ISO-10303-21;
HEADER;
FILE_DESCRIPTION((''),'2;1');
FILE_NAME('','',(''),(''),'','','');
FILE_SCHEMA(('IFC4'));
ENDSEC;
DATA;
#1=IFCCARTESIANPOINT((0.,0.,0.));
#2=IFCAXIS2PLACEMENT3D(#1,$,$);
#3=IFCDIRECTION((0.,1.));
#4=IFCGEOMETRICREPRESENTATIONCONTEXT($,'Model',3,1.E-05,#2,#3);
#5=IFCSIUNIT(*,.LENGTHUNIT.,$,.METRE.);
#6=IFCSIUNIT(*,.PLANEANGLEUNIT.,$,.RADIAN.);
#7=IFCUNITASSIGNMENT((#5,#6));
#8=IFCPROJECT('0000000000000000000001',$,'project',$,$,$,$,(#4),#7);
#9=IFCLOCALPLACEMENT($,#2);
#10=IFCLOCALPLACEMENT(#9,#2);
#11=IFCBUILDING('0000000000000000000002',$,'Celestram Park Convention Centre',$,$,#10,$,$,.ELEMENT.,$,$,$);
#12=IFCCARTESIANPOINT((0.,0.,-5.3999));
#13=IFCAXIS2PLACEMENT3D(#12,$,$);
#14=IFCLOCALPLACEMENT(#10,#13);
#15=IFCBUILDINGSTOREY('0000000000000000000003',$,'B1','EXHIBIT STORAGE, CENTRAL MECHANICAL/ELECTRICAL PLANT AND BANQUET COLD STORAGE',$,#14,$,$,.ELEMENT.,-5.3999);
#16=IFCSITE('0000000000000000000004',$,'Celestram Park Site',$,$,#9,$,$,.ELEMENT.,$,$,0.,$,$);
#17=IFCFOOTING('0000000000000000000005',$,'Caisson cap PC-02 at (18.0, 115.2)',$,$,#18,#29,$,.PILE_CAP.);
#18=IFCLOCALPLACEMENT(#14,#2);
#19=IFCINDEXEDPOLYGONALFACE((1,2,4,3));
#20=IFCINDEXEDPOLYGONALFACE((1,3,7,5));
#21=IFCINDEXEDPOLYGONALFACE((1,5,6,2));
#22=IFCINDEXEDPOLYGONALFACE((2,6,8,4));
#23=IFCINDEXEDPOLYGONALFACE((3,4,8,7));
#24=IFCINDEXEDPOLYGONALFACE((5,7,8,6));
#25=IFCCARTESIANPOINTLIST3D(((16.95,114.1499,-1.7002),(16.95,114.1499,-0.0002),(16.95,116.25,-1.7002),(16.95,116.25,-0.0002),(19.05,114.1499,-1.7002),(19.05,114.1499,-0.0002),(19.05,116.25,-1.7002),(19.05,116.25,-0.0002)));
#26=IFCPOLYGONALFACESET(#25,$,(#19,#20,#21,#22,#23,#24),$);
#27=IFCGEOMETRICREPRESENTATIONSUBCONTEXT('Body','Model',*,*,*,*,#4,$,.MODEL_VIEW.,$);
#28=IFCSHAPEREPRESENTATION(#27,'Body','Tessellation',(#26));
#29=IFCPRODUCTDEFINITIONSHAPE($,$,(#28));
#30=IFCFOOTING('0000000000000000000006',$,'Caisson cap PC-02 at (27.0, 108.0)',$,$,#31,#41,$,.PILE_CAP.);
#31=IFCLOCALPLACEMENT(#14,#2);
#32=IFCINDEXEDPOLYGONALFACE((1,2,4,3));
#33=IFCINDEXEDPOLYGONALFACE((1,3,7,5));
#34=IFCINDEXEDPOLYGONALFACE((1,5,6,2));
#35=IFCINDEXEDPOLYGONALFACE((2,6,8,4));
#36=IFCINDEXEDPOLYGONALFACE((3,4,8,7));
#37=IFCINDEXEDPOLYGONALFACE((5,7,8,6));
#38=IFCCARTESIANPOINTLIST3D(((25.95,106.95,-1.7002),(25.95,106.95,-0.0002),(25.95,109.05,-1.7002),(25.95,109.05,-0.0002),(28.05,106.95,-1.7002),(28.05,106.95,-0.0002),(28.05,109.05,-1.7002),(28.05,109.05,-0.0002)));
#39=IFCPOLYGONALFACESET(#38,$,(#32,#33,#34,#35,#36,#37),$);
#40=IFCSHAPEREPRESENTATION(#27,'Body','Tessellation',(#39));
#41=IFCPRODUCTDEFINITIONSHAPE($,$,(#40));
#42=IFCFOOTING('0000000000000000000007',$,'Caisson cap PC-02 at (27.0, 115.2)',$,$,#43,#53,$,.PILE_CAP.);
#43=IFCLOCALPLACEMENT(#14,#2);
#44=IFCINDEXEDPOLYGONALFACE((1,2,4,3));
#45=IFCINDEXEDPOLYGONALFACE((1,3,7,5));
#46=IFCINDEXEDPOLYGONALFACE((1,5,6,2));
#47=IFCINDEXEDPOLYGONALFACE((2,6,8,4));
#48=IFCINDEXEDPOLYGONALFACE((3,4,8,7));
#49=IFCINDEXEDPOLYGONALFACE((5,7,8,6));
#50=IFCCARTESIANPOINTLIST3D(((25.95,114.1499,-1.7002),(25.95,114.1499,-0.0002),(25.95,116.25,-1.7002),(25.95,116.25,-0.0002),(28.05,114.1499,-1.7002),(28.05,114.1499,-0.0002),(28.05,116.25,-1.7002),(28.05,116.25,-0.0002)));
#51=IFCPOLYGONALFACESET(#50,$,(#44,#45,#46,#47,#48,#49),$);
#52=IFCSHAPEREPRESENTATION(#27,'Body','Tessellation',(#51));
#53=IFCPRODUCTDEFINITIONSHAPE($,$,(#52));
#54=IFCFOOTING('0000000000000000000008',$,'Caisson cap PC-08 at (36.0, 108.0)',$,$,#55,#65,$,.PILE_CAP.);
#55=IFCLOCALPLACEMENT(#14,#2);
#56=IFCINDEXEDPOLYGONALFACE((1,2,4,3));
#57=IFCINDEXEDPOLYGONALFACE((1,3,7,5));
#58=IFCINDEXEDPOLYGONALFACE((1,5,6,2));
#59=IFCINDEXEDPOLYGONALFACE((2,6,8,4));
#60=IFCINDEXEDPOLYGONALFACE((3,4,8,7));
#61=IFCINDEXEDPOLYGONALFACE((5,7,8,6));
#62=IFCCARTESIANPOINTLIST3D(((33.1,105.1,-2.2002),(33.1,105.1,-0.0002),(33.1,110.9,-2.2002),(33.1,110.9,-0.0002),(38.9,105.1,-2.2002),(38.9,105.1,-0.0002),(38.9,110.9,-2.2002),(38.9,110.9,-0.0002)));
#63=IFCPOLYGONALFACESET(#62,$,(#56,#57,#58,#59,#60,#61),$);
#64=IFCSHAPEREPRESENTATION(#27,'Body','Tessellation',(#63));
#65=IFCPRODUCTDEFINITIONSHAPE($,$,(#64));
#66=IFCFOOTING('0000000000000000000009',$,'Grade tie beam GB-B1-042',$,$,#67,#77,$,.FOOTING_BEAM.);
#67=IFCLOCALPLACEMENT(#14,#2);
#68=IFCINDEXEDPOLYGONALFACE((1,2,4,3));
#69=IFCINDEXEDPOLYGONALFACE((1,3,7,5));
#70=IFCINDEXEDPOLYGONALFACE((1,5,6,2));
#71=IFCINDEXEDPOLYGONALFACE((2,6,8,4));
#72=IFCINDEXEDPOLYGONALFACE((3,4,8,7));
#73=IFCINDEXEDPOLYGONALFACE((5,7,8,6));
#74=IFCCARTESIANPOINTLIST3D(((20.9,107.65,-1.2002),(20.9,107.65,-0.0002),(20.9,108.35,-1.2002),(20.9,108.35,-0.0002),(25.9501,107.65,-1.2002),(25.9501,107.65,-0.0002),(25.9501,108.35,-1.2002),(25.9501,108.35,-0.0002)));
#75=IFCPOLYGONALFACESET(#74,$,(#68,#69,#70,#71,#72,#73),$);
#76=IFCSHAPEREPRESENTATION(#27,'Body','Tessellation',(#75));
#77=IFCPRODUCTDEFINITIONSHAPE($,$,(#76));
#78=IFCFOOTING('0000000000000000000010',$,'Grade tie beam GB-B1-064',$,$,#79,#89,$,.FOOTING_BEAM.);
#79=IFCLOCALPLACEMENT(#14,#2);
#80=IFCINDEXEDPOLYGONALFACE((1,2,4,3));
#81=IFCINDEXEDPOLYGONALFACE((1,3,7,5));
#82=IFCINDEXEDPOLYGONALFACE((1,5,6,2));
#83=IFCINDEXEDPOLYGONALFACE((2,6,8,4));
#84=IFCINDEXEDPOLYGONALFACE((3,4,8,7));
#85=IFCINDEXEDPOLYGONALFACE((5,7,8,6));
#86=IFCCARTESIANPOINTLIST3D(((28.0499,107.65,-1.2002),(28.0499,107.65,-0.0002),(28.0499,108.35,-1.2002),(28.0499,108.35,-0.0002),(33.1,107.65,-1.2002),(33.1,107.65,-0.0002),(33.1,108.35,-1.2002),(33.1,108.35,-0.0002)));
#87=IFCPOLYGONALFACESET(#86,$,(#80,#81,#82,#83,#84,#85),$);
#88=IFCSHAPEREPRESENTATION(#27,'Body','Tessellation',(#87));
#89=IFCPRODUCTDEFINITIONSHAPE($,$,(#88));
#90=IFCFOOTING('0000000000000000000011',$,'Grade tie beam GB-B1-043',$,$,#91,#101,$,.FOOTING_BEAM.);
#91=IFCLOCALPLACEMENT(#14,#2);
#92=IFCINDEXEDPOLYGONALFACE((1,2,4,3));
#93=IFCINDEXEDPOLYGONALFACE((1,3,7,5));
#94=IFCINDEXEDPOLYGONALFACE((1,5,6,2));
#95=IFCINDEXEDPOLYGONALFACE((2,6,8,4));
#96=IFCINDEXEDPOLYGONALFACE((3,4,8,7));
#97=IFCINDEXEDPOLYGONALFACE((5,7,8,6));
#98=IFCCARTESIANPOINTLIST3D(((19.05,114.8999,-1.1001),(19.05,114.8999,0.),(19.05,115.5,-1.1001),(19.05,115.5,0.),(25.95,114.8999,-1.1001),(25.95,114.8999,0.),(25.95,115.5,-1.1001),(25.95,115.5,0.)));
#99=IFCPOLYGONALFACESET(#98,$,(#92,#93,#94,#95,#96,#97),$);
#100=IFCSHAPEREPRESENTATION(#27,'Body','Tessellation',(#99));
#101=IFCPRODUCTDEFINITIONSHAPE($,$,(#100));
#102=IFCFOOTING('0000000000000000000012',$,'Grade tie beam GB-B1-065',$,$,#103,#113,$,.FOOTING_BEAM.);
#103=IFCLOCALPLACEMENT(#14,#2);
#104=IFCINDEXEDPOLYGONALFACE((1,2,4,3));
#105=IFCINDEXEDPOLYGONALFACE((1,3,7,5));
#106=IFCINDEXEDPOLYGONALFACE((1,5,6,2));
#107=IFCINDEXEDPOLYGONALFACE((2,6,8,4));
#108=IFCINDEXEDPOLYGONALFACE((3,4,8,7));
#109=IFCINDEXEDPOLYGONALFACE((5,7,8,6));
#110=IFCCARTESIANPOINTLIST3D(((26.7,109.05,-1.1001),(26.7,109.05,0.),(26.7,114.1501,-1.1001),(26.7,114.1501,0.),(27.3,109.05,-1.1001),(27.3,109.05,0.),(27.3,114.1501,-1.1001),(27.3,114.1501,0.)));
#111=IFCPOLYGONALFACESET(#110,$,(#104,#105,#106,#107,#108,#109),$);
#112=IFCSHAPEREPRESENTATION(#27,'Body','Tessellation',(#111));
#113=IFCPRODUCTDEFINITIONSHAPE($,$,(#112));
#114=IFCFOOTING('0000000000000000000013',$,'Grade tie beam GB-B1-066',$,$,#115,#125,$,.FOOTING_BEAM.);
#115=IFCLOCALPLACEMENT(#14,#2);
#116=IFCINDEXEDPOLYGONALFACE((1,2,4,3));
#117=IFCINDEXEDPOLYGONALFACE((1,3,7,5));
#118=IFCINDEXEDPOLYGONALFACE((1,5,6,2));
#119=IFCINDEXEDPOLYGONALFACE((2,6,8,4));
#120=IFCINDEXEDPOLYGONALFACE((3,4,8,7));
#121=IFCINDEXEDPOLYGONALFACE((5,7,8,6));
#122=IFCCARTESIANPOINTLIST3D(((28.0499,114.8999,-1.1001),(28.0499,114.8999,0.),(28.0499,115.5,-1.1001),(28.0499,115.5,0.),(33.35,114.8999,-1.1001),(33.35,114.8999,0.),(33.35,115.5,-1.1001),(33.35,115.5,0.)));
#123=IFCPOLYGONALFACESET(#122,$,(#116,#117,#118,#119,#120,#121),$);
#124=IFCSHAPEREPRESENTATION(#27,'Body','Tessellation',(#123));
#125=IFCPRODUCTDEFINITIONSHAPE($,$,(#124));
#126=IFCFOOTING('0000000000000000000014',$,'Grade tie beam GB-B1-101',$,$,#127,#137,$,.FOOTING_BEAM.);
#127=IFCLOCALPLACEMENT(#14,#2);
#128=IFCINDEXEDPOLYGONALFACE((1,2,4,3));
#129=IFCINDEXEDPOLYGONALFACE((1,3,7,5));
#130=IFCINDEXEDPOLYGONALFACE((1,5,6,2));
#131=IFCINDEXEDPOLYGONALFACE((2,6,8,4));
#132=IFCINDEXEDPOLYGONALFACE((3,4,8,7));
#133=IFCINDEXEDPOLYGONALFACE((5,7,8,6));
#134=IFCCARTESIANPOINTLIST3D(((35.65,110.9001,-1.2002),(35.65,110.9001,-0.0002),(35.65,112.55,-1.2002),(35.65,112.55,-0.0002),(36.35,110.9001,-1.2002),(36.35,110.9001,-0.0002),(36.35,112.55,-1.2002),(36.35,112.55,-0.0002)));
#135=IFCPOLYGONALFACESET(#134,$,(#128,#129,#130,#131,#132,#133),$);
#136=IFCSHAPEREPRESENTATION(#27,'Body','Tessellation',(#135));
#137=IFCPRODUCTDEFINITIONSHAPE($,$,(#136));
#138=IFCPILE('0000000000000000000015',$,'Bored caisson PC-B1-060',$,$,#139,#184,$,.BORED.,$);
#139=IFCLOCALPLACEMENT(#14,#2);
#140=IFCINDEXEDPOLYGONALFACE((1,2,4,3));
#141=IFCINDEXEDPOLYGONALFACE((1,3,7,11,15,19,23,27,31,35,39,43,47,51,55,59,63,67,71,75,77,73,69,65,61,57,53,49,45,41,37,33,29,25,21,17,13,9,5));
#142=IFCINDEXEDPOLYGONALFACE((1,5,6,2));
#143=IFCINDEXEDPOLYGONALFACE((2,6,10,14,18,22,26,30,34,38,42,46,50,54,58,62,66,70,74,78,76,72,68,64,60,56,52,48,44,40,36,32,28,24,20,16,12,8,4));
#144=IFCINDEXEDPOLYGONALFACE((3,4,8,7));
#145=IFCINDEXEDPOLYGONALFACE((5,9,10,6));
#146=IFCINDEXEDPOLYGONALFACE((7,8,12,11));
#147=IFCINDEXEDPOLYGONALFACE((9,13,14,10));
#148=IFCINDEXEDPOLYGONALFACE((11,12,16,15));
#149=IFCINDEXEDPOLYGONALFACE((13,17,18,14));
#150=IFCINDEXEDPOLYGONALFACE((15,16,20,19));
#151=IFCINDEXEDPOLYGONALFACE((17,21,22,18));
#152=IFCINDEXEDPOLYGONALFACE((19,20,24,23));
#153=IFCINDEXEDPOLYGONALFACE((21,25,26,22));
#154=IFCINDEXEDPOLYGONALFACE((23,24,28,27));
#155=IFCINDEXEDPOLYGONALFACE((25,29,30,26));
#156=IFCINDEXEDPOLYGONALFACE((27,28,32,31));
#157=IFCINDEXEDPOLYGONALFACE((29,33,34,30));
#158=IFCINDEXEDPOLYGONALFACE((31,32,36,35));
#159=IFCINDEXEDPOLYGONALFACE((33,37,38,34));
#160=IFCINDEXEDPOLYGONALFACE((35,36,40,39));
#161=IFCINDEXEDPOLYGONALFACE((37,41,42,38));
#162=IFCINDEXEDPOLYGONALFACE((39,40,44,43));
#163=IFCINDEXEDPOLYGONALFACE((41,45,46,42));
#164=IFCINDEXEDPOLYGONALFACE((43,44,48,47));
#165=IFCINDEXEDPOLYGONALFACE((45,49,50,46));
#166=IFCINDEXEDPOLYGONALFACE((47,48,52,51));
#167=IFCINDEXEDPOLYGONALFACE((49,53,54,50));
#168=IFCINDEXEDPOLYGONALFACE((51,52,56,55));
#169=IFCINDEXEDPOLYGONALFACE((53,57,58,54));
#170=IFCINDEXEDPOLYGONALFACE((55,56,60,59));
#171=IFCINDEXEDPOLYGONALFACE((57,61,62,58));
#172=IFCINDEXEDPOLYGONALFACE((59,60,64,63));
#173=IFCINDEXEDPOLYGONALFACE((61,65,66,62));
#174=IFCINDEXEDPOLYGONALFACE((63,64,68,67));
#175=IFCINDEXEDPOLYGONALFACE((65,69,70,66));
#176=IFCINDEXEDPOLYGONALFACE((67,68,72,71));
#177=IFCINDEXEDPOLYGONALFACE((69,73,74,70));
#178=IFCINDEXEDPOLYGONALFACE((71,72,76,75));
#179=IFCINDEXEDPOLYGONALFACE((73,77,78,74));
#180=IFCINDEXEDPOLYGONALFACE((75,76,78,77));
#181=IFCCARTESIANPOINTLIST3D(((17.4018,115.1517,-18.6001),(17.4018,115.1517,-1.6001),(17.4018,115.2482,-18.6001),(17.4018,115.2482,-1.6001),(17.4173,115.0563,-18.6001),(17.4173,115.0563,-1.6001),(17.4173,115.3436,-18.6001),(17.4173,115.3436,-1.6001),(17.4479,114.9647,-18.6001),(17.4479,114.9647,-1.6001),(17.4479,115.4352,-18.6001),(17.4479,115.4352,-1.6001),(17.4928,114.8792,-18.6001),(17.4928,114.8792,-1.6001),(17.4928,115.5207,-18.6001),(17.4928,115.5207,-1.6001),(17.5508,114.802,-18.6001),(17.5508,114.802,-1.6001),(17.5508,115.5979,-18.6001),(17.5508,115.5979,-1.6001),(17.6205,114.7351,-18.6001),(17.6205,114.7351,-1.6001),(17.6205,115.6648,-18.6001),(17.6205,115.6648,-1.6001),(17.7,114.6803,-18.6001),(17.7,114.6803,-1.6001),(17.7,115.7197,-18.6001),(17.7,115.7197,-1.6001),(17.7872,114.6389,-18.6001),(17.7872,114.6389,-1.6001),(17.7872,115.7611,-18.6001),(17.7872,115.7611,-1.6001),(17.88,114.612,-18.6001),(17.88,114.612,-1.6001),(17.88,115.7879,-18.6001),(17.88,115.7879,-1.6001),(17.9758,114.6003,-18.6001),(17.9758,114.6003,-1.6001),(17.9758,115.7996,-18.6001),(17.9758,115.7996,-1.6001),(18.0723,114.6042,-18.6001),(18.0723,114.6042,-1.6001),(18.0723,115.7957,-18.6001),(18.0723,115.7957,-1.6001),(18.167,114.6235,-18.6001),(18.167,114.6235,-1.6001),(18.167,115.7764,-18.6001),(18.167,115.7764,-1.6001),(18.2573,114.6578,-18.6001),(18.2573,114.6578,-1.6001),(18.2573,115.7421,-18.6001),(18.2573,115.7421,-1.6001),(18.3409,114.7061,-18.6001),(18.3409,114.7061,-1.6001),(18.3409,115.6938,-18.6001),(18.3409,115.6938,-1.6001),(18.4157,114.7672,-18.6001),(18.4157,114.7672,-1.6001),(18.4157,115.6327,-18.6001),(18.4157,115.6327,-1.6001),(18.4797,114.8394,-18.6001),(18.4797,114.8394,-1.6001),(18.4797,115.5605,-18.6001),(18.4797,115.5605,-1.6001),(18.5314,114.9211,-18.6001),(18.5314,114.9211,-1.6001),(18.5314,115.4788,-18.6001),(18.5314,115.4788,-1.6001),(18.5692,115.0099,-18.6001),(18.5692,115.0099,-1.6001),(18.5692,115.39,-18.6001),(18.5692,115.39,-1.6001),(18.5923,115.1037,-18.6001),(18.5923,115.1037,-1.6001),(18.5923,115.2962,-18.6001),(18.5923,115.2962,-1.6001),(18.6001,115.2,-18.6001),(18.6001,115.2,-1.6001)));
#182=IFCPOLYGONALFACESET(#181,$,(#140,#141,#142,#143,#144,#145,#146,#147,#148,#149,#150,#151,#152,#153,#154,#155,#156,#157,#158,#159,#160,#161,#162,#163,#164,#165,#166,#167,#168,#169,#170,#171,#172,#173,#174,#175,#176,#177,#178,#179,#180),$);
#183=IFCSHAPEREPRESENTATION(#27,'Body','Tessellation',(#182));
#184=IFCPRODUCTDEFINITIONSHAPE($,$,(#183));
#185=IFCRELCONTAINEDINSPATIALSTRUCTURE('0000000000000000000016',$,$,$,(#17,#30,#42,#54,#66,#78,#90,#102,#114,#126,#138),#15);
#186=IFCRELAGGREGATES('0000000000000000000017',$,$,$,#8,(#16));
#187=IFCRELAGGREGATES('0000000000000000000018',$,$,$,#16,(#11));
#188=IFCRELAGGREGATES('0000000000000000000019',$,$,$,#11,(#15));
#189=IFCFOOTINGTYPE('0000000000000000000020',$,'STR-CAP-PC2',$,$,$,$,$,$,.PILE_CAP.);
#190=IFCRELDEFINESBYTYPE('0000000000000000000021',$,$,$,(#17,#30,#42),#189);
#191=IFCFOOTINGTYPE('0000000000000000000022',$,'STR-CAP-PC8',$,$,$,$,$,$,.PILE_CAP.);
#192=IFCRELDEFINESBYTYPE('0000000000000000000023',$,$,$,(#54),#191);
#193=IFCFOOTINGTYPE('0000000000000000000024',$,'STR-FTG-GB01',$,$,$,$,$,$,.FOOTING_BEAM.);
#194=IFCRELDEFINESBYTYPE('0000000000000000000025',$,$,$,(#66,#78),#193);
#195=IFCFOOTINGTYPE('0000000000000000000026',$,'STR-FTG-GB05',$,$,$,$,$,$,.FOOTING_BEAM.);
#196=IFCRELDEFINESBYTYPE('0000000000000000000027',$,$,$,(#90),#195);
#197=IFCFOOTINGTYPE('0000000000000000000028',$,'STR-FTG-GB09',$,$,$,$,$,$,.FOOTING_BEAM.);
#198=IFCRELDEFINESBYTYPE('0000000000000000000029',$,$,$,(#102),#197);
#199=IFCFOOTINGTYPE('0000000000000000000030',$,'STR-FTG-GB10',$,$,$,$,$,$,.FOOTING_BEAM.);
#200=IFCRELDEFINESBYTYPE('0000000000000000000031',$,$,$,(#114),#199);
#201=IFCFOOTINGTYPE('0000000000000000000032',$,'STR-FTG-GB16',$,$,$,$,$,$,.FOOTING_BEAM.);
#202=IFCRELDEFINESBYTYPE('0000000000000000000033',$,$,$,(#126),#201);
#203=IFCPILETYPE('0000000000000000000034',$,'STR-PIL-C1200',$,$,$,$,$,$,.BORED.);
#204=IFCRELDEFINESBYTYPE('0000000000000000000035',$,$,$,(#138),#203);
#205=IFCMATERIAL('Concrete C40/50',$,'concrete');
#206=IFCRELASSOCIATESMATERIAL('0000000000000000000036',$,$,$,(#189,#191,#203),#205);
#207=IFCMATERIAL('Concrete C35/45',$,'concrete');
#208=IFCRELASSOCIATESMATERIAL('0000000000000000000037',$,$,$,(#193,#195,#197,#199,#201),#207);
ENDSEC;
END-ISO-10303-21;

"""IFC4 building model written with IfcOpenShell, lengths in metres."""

from ifc_helpers import new_model, si_unit, direction, frame, origin, origin_2d, place, context, subcontext, project, spatial, rectangle, circle, extrude, material, material_profile, profile_set, type_object, element, save


model = new_model("IFC4")

# Units and contexts
model_context = context("Model", 3, precision=1e-05, world=origin(), true_north=direction((0.0, 1.0)))
body_context = subcontext(model_context, "Body", "Model", "MODEL_VIEW")
ifc_project = project(units=[si_unit("LENGTHUNIT", "METRE"), si_unit("PLANEANGLEUNIT", "RADIAN")], contexts=[model_context])

# Site, building, storey
site_placement = place(None, origin())
site = spatial("IfcSite", under=ifc_project, at=site_placement, Name="Celestram Park Site", CompositionType="ELEMENT", RefElevation=0.0)
building_placement = place(site_placement, origin())
building = spatial("IfcBuilding", under=site, at=building_placement, Name="Celestram Park Convention Centre", CompositionType="ELEMENT")
storey_placement = place(building_placement, frame((0.0, 0.0, -5.3999)))
storey = spatial("IfcBuildingStorey", under=building, at=storey_placement, Name="B1", Description="EXHIBIT STORAGE, CENTRAL MECHANICAL/ELECTRICAL PLANT AND BANQUET COLD STORAGE", CompositionType="ELEMENT", Elevation=-5.3999)

# Footings
ifc_material_1 = material(Name="Concrete C40/50", Category="concrete")
footing_type_1 = type_object("IfcFootingType", Name="STR-CAP-PC2", PredefinedType="PILE_CAP", material=ifc_material_1)
for number, where, z_axis, x_axis, name in (
    (1, (18.0, 115.2, -1.7002), (0.0, 0.0, 1.0), (1.0, 0.0, 0.0), "Caisson cap PC-02 at (18.0, 115.2)"),
    (2, (27.0, 108.0, -1.7002), (0.0, 0.0, 1.0), (1.0, 0.0, 0.0), "Caisson cap PC-02 at (27.0, 108.0)"),
    (3, (27.0, 115.2, -1.7002), (0.0, 0.0, 1.0), (1.0, 0.0, 0.0), "Caisson cap PC-02 at (27.0, 115.2)"),
):
    element("IfcFooting", number, at=place(storey_placement, frame(where, z_axis=z_axis, x_axis=x_axis)), inside=storey, type_object=footing_type_1, Name=name, PredefinedType="PILE_CAP", context=body_context, shape_type="SweptSolid", body=[
        extrude(rectangle(XDim=2.1001, YDim=2.1001, at=origin_2d()), origin(), (0.0, 0.0, 1.0), 1.7),
    ])
footing_type_2 = type_object("IfcFootingType", Name="STR-CAP-PC8", PredefinedType="PILE_CAP", material=ifc_material_1)
footing_1_placement = place(storey_placement, frame((36.0, 108.0, -2.2002), z_axis=(0.0, 0.0, 1.0), x_axis=(1.0, 0.0, 0.0)))
element("IfcFooting", 4, at=footing_1_placement, inside=storey, type_object=footing_type_2, Name="Caisson cap PC-08 at (36.0, 108.0)", PredefinedType="PILE_CAP", context=body_context, shape_type="SweptSolid", body=[
    extrude(rectangle(XDim=5.8, YDim=5.8, at=origin_2d()), origin(), (0.0, 0.0, 1.0), 2.2),
])
ifc_material_2 = material(Name="Concrete C35/45", Category="concrete")
footing_type_3 = type_object("IfcFootingType", Name="STR-FTG-GB01", PredefinedType="FOOTING_BEAM", material=ifc_material_2)
for number, where, z_axis, x_axis, name in (
    (5, (23.425, 108.0, -1.2002), (0.0, 0.0, 1.0), (1.0, 0.0, 0.0), "Grade tie beam GB-B1-042"),
    (6, (30.575, 108.0, -1.2002), (0.0, 0.0, 1.0), (1.0, 0.0, 0.0), "Grade tie beam GB-B1-064"),
):
    element("IfcFooting", number, at=place(storey_placement, frame(where, z_axis=z_axis, x_axis=x_axis)), inside=storey, type_object=footing_type_3, Name=name, PredefinedType="FOOTING_BEAM", context=body_context, shape_type="SweptSolid", body=[
        extrude(rectangle(XDim=5.05, YDim=0.7, at=origin_2d()), origin(), (0.0, 0.0, 1.0), 1.2),
    ])
footing_type_4 = type_object("IfcFootingType", Name="STR-FTG-GB05", PredefinedType="FOOTING_BEAM", material=ifc_material_2)
footing_2_placement = place(storey_placement, frame((22.5, 115.2, -1.1001), z_axis=(0.0, 0.0, 1.0), x_axis=(1.0, 0.0, 0.0)))
element("IfcFooting", 7, at=footing_2_placement, inside=storey, type_object=footing_type_4, Name="Grade tie beam GB-B1-043", PredefinedType="FOOTING_BEAM", context=body_context, shape_type="SweptSolid", body=[
    extrude(rectangle(XDim=6.8999, YDim=0.6001, at=origin_2d()), origin(), (0.0, 0.0, 1.0), 1.1001),
])
footing_type_5 = type_object("IfcFootingType", Name="STR-FTG-GB09", PredefinedType="FOOTING_BEAM", material=ifc_material_2)
footing_3_placement = place(storey_placement, frame((27.0, 111.6001, -1.1001), z_axis=(0.0, 0.0, 1.0), x_axis=(0.0, 1.0, 0.0)))
element("IfcFooting", 8, at=footing_3_placement, inside=storey, type_object=footing_type_5, Name="Grade tie beam GB-B1-065", PredefinedType="FOOTING_BEAM", context=body_context, shape_type="SweptSolid", body=[
    extrude(rectangle(XDim=5.1001, YDim=0.6001, at=origin_2d()), origin(), (0.0, 0.0, 1.0), 1.1001),
])
footing_type_6 = type_object("IfcFootingType", Name="STR-FTG-GB10", PredefinedType="FOOTING_BEAM", material=ifc_material_2)
footing_4_placement = place(storey_placement, frame((30.7, 115.2, -1.1001), z_axis=(0.0, 0.0, 1.0), x_axis=(1.0, 0.0, 0.0)))
element("IfcFooting", 9, at=footing_4_placement, inside=storey, type_object=footing_type_6, Name="Grade tie beam GB-B1-066", PredefinedType="FOOTING_BEAM", context=body_context, shape_type="SweptSolid", body=[
    extrude(rectangle(XDim=5.3, YDim=0.6001, at=origin_2d()), origin(), (0.0, 0.0, 1.0), 1.1001),
])
footing_type_7 = type_object("IfcFootingType", Name="STR-FTG-GB16", PredefinedType="FOOTING_BEAM", material=ifc_material_2)
footing_5_placement = place(storey_placement, frame((36.0, 111.7251, -1.2002), z_axis=(0.0, 0.0, 1.0), x_axis=(0.0, 1.0, 0.0)))
element("IfcFooting", 10, at=footing_5_placement, inside=storey, type_object=footing_type_7, Name="Grade tie beam GB-B1-101", PredefinedType="FOOTING_BEAM", context=body_context, shape_type="SweptSolid", body=[
    extrude(rectangle(XDim=1.6499, YDim=0.7, at=origin_2d()), origin(), (0.0, 0.0, 1.0), 1.2),
])

# Pile
ifc_material_profile_1 = material_profile(ifc_material_1, circle(Radius=0.6001, at=origin_2d()), Name="CAISSON1200")
ifc_profile_set_1 = profile_set([ifc_material_profile_1], Name="Concrete C40/50")
pile_type_1 = type_object("IfcPileType", Name="STR-PIL-C1200", PredefinedType="BORED", material=ifc_profile_set_1)
for number, where, z_axis, x_axis, name in (
    (11, (18.0, 115.2, -1.6001), (0.0, 0.0, -1.0), (1.0, 0.0, 0.0), "Bored caisson PC-B1-060"),
):
    element("IfcPile", number, at=place(storey_placement, frame(where, z_axis=z_axis, x_axis=x_axis)), inside=storey, type_object=pile_type_1, Name=name, PredefinedType="BORED", context=body_context, shape_type="SweptSolid", body=[
        extrude(circle(Radius=0.6001, at=origin_2d()), origin(), (0.0, 0.0, 1.0), 17.0),
    ])

save(model, "model.ifc")
